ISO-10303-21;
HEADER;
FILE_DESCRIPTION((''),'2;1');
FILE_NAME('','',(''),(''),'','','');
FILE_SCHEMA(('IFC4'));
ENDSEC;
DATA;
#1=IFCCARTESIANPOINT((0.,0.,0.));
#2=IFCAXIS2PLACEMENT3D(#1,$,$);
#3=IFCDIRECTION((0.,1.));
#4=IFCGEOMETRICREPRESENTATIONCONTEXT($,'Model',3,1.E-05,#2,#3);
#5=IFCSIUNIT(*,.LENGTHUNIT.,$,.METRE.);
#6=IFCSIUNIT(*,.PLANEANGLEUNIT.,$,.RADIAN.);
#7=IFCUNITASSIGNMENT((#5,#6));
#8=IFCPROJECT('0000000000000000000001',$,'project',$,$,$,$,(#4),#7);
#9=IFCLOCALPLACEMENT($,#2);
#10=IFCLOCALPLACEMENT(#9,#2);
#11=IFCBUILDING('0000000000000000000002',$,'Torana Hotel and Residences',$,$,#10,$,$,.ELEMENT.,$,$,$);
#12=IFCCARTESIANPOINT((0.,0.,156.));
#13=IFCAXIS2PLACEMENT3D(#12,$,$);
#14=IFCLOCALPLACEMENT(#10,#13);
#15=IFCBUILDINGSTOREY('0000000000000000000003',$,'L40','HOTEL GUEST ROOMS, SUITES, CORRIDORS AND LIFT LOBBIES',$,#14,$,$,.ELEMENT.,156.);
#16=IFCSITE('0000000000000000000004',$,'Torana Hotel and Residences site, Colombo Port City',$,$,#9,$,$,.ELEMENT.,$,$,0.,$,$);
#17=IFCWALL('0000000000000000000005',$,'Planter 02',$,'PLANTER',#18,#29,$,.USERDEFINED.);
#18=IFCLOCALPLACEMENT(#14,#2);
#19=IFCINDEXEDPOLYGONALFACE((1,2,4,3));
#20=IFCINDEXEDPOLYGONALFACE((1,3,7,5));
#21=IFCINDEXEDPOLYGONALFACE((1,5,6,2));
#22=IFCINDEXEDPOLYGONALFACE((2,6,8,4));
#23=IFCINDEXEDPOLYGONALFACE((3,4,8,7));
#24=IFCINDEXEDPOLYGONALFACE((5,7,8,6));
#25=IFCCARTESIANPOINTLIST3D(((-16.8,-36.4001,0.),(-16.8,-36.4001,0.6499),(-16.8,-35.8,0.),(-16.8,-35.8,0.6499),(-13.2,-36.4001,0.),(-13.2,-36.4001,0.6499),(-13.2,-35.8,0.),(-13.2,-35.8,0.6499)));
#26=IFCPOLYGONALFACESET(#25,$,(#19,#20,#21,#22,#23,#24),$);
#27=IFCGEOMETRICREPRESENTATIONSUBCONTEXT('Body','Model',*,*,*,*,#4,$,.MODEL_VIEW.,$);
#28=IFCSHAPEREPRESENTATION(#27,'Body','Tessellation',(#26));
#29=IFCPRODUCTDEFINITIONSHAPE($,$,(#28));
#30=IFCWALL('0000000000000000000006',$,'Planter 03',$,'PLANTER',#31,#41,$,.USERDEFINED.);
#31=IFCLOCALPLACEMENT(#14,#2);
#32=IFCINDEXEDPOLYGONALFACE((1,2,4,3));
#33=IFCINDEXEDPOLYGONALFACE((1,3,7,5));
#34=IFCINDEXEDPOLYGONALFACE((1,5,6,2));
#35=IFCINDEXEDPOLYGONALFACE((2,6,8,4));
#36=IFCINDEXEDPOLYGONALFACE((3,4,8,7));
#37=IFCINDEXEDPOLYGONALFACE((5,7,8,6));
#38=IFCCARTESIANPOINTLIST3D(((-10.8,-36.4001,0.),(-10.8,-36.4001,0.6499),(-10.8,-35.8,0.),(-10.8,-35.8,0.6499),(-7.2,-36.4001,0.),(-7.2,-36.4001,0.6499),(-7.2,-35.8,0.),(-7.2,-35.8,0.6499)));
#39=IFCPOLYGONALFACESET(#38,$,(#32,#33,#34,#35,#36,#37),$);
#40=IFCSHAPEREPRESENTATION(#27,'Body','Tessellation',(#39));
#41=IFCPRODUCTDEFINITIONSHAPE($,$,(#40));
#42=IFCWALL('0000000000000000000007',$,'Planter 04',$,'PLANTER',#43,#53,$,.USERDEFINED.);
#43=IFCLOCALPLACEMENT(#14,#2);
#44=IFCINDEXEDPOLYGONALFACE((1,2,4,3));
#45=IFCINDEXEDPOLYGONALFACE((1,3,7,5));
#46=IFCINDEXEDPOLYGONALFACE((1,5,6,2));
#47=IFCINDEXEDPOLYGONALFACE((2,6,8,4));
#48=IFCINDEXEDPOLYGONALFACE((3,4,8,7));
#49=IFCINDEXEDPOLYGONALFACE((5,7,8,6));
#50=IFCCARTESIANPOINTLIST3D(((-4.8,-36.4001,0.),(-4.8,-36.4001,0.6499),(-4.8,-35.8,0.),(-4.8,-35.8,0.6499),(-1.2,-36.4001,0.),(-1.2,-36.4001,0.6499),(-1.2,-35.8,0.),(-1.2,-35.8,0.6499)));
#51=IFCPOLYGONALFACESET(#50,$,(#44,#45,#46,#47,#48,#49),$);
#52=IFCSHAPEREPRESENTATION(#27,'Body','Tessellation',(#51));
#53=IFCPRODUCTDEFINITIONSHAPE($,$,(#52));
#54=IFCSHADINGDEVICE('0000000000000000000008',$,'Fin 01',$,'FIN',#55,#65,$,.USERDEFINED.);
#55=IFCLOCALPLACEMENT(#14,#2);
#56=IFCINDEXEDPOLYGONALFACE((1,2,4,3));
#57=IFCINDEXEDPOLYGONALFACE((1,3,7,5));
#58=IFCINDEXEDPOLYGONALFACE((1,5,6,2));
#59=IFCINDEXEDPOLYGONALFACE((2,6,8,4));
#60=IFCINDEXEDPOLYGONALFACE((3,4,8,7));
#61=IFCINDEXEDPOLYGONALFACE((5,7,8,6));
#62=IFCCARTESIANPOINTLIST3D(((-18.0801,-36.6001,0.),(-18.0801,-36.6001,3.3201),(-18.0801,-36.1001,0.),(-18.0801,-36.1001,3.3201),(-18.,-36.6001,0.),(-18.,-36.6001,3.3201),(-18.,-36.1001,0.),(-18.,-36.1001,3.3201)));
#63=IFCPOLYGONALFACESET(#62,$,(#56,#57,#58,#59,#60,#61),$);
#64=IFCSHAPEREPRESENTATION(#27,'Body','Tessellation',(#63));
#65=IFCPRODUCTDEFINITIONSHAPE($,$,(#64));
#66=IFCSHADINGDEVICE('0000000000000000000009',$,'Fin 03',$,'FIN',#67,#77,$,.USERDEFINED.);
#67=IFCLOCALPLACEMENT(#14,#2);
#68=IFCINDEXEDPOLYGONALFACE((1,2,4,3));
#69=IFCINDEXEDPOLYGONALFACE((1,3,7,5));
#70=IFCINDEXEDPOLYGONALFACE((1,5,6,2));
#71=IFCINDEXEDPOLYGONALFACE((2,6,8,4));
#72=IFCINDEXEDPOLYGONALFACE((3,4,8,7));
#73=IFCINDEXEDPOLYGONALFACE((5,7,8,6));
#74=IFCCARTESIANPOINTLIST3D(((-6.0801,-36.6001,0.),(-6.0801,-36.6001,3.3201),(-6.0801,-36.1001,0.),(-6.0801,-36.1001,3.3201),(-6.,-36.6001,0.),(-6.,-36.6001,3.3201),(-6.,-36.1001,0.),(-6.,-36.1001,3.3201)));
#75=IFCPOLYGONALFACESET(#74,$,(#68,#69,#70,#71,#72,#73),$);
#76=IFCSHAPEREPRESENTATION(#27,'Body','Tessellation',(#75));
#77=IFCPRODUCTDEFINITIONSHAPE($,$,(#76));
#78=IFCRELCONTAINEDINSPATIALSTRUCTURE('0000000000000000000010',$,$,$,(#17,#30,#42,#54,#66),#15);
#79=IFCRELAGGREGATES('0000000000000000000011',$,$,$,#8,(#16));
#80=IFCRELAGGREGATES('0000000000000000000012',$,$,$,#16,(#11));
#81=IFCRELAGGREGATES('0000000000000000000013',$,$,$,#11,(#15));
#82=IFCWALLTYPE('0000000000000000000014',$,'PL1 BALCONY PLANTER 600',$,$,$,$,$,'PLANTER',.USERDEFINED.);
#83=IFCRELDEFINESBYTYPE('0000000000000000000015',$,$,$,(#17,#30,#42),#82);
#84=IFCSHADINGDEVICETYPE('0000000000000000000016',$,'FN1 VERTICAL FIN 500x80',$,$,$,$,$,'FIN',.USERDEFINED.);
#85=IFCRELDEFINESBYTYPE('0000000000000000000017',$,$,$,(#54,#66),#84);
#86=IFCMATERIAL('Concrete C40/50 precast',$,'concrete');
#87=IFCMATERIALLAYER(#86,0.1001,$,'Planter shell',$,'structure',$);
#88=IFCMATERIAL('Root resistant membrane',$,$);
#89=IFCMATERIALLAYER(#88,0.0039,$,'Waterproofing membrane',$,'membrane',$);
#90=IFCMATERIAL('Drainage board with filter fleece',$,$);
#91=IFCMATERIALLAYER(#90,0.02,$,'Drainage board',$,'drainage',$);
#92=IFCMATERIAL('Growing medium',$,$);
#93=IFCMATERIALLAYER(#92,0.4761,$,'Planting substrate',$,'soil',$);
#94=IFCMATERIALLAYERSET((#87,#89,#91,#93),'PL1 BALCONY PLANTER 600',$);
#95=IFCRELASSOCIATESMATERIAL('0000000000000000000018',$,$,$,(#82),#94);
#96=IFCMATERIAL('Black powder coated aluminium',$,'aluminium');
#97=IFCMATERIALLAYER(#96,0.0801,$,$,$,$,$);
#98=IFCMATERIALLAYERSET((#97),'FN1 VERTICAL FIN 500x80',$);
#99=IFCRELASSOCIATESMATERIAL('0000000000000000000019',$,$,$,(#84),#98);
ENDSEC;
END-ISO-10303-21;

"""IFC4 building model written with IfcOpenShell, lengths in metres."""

from ifc_helpers import new_model, si_unit, direction, frame, frame_2d, origin, origin_2d, place, context, subcontext, project, spatial, rectangle, extrude, material, layer, layer_set, type_object, element, save


model = new_model("IFC4")

# Units and contexts
model_context = context("Model", 3, precision=1e-05, world=origin(), true_north=direction((0.0, 1.0)))
body_context = subcontext(model_context, "Body", "Model", "MODEL_VIEW")
ifc_project = project(units=[si_unit("LENGTHUNIT", "METRE"), si_unit("PLANEANGLEUNIT", "RADIAN")], contexts=[model_context])

# Site, building, storey
site_placement = place(None, origin())
site = spatial("IfcSite", under=ifc_project, at=site_placement, Name="Torana Hotel and Residences site, Colombo Port City", CompositionType="ELEMENT", RefElevation=0.0)
building_placement = place(site_placement, origin())
building = spatial("IfcBuilding", under=site, at=building_placement, Name="Torana Hotel and Residences", CompositionType="ELEMENT")
storey_placement = place(building_placement, frame((0.0, 0.0, 156.0)))
storey = spatial("IfcBuildingStorey", under=building, at=storey_placement, Name="L40", Description="HOTEL GUEST ROOMS, SUITES, CORRIDORS AND LIFT LOBBIES", CompositionType="ELEMENT", Elevation=156.0)

# Walls
ifc_material_1 = material(Name="Concrete C40/50 precast", Category="concrete")
ifc_layer_1 = layer(ifc_material_1, 0.1001, Name="Planter shell", Category="structure")
ifc_material_2 = material(Name="Root resistant membrane")
ifc_layer_2 = layer(ifc_material_2, 0.0039, Name="Waterproofing membrane", Category="membrane")
ifc_material_3 = material(Name="Drainage board with filter fleece")
ifc_layer_3 = layer(ifc_material_3, 0.02, Name="Drainage board", Category="drainage")
ifc_material_4 = material(Name="Growing medium")
ifc_layer_4 = layer(ifc_material_4, 0.4761, Name="Planting substrate", Category="soil")
ifc_layer_set_1 = layer_set([ifc_layer_1, ifc_layer_2, ifc_layer_3, ifc_layer_4], Name="PL1 BALCONY PLANTER 600")
wall_type_1 = type_object("IfcWallType", Name="PL1 BALCONY PLANTER 600", ElementType="PLANTER", PredefinedType="USERDEFINED", material=ifc_layer_set_1)
for number, where, z_axis, x_axis, name in (
    (1, (-13.2, -36.1001, 0.0), (0.0, 0.0, 1.0), (-1.0, 0.0, 0.0), "Planter 02"),
    (2, (-7.2, -36.1001, 0.0), (0.0, 0.0, 1.0), (-1.0, 0.0, 0.0), "Planter 03"),
    (3, (-1.2, -36.1001, 0.0), (0.0, 0.0, 1.0), (-1.0, 0.0, 0.0), "Planter 04"),
):
    element("IfcWall", number, at=place(storey_placement, frame(where, z_axis=z_axis, x_axis=x_axis)), inside=storey, type_object=wall_type_1, Name=name, ObjectType="PLANTER", PredefinedType="USERDEFINED", context=body_context, shape_type="SweptSolid", body=[
        extrude(rectangle(XDim=3.6001, YDim=0.6001, at=frame_2d((1.8, 0.0))), origin(), (0.0, 0.0, 1.0), 0.6499),
    ])

# Shading devices
ifc_material_5 = material(Name="Black powder coated aluminium", Category="aluminium")
ifc_layer_5 = layer(ifc_material_5, 0.0801)
ifc_layer_set_2 = layer_set([ifc_layer_5], Name="FN1 VERTICAL FIN 500x80")
shading_device_type = type_object("IfcShadingDeviceType", Name="FN1 VERTICAL FIN 500x80", ElementType="FIN", PredefinedType="USERDEFINED", material=ifc_layer_set_2)
for number, where, z_axis, x_axis, name in (
    (4, (-18.04, -36.3501, 0.0), (0.0, 0.0, 1.0), (-1.0, 0.0, 0.0), "Fin 01"),
    (5, (-6.04, -36.3501, 0.0), (0.0, 0.0, 1.0), (-1.0, 0.0, 0.0), "Fin 03"),
):
    element("IfcShadingDevice", number, at=place(storey_placement, frame(where, z_axis=z_axis, x_axis=x_axis)), inside=storey, type_object=shading_device_type, Name=name, ObjectType="FIN", PredefinedType="USERDEFINED", context=body_context, shape_type="SweptSolid", body=[
        extrude(rectangle(XDim=0.0801, YDim=0.5, at=origin_2d()), origin(), (0.0, 0.0, 1.0), 3.3201),
    ])

save(model, "model.ifc")
